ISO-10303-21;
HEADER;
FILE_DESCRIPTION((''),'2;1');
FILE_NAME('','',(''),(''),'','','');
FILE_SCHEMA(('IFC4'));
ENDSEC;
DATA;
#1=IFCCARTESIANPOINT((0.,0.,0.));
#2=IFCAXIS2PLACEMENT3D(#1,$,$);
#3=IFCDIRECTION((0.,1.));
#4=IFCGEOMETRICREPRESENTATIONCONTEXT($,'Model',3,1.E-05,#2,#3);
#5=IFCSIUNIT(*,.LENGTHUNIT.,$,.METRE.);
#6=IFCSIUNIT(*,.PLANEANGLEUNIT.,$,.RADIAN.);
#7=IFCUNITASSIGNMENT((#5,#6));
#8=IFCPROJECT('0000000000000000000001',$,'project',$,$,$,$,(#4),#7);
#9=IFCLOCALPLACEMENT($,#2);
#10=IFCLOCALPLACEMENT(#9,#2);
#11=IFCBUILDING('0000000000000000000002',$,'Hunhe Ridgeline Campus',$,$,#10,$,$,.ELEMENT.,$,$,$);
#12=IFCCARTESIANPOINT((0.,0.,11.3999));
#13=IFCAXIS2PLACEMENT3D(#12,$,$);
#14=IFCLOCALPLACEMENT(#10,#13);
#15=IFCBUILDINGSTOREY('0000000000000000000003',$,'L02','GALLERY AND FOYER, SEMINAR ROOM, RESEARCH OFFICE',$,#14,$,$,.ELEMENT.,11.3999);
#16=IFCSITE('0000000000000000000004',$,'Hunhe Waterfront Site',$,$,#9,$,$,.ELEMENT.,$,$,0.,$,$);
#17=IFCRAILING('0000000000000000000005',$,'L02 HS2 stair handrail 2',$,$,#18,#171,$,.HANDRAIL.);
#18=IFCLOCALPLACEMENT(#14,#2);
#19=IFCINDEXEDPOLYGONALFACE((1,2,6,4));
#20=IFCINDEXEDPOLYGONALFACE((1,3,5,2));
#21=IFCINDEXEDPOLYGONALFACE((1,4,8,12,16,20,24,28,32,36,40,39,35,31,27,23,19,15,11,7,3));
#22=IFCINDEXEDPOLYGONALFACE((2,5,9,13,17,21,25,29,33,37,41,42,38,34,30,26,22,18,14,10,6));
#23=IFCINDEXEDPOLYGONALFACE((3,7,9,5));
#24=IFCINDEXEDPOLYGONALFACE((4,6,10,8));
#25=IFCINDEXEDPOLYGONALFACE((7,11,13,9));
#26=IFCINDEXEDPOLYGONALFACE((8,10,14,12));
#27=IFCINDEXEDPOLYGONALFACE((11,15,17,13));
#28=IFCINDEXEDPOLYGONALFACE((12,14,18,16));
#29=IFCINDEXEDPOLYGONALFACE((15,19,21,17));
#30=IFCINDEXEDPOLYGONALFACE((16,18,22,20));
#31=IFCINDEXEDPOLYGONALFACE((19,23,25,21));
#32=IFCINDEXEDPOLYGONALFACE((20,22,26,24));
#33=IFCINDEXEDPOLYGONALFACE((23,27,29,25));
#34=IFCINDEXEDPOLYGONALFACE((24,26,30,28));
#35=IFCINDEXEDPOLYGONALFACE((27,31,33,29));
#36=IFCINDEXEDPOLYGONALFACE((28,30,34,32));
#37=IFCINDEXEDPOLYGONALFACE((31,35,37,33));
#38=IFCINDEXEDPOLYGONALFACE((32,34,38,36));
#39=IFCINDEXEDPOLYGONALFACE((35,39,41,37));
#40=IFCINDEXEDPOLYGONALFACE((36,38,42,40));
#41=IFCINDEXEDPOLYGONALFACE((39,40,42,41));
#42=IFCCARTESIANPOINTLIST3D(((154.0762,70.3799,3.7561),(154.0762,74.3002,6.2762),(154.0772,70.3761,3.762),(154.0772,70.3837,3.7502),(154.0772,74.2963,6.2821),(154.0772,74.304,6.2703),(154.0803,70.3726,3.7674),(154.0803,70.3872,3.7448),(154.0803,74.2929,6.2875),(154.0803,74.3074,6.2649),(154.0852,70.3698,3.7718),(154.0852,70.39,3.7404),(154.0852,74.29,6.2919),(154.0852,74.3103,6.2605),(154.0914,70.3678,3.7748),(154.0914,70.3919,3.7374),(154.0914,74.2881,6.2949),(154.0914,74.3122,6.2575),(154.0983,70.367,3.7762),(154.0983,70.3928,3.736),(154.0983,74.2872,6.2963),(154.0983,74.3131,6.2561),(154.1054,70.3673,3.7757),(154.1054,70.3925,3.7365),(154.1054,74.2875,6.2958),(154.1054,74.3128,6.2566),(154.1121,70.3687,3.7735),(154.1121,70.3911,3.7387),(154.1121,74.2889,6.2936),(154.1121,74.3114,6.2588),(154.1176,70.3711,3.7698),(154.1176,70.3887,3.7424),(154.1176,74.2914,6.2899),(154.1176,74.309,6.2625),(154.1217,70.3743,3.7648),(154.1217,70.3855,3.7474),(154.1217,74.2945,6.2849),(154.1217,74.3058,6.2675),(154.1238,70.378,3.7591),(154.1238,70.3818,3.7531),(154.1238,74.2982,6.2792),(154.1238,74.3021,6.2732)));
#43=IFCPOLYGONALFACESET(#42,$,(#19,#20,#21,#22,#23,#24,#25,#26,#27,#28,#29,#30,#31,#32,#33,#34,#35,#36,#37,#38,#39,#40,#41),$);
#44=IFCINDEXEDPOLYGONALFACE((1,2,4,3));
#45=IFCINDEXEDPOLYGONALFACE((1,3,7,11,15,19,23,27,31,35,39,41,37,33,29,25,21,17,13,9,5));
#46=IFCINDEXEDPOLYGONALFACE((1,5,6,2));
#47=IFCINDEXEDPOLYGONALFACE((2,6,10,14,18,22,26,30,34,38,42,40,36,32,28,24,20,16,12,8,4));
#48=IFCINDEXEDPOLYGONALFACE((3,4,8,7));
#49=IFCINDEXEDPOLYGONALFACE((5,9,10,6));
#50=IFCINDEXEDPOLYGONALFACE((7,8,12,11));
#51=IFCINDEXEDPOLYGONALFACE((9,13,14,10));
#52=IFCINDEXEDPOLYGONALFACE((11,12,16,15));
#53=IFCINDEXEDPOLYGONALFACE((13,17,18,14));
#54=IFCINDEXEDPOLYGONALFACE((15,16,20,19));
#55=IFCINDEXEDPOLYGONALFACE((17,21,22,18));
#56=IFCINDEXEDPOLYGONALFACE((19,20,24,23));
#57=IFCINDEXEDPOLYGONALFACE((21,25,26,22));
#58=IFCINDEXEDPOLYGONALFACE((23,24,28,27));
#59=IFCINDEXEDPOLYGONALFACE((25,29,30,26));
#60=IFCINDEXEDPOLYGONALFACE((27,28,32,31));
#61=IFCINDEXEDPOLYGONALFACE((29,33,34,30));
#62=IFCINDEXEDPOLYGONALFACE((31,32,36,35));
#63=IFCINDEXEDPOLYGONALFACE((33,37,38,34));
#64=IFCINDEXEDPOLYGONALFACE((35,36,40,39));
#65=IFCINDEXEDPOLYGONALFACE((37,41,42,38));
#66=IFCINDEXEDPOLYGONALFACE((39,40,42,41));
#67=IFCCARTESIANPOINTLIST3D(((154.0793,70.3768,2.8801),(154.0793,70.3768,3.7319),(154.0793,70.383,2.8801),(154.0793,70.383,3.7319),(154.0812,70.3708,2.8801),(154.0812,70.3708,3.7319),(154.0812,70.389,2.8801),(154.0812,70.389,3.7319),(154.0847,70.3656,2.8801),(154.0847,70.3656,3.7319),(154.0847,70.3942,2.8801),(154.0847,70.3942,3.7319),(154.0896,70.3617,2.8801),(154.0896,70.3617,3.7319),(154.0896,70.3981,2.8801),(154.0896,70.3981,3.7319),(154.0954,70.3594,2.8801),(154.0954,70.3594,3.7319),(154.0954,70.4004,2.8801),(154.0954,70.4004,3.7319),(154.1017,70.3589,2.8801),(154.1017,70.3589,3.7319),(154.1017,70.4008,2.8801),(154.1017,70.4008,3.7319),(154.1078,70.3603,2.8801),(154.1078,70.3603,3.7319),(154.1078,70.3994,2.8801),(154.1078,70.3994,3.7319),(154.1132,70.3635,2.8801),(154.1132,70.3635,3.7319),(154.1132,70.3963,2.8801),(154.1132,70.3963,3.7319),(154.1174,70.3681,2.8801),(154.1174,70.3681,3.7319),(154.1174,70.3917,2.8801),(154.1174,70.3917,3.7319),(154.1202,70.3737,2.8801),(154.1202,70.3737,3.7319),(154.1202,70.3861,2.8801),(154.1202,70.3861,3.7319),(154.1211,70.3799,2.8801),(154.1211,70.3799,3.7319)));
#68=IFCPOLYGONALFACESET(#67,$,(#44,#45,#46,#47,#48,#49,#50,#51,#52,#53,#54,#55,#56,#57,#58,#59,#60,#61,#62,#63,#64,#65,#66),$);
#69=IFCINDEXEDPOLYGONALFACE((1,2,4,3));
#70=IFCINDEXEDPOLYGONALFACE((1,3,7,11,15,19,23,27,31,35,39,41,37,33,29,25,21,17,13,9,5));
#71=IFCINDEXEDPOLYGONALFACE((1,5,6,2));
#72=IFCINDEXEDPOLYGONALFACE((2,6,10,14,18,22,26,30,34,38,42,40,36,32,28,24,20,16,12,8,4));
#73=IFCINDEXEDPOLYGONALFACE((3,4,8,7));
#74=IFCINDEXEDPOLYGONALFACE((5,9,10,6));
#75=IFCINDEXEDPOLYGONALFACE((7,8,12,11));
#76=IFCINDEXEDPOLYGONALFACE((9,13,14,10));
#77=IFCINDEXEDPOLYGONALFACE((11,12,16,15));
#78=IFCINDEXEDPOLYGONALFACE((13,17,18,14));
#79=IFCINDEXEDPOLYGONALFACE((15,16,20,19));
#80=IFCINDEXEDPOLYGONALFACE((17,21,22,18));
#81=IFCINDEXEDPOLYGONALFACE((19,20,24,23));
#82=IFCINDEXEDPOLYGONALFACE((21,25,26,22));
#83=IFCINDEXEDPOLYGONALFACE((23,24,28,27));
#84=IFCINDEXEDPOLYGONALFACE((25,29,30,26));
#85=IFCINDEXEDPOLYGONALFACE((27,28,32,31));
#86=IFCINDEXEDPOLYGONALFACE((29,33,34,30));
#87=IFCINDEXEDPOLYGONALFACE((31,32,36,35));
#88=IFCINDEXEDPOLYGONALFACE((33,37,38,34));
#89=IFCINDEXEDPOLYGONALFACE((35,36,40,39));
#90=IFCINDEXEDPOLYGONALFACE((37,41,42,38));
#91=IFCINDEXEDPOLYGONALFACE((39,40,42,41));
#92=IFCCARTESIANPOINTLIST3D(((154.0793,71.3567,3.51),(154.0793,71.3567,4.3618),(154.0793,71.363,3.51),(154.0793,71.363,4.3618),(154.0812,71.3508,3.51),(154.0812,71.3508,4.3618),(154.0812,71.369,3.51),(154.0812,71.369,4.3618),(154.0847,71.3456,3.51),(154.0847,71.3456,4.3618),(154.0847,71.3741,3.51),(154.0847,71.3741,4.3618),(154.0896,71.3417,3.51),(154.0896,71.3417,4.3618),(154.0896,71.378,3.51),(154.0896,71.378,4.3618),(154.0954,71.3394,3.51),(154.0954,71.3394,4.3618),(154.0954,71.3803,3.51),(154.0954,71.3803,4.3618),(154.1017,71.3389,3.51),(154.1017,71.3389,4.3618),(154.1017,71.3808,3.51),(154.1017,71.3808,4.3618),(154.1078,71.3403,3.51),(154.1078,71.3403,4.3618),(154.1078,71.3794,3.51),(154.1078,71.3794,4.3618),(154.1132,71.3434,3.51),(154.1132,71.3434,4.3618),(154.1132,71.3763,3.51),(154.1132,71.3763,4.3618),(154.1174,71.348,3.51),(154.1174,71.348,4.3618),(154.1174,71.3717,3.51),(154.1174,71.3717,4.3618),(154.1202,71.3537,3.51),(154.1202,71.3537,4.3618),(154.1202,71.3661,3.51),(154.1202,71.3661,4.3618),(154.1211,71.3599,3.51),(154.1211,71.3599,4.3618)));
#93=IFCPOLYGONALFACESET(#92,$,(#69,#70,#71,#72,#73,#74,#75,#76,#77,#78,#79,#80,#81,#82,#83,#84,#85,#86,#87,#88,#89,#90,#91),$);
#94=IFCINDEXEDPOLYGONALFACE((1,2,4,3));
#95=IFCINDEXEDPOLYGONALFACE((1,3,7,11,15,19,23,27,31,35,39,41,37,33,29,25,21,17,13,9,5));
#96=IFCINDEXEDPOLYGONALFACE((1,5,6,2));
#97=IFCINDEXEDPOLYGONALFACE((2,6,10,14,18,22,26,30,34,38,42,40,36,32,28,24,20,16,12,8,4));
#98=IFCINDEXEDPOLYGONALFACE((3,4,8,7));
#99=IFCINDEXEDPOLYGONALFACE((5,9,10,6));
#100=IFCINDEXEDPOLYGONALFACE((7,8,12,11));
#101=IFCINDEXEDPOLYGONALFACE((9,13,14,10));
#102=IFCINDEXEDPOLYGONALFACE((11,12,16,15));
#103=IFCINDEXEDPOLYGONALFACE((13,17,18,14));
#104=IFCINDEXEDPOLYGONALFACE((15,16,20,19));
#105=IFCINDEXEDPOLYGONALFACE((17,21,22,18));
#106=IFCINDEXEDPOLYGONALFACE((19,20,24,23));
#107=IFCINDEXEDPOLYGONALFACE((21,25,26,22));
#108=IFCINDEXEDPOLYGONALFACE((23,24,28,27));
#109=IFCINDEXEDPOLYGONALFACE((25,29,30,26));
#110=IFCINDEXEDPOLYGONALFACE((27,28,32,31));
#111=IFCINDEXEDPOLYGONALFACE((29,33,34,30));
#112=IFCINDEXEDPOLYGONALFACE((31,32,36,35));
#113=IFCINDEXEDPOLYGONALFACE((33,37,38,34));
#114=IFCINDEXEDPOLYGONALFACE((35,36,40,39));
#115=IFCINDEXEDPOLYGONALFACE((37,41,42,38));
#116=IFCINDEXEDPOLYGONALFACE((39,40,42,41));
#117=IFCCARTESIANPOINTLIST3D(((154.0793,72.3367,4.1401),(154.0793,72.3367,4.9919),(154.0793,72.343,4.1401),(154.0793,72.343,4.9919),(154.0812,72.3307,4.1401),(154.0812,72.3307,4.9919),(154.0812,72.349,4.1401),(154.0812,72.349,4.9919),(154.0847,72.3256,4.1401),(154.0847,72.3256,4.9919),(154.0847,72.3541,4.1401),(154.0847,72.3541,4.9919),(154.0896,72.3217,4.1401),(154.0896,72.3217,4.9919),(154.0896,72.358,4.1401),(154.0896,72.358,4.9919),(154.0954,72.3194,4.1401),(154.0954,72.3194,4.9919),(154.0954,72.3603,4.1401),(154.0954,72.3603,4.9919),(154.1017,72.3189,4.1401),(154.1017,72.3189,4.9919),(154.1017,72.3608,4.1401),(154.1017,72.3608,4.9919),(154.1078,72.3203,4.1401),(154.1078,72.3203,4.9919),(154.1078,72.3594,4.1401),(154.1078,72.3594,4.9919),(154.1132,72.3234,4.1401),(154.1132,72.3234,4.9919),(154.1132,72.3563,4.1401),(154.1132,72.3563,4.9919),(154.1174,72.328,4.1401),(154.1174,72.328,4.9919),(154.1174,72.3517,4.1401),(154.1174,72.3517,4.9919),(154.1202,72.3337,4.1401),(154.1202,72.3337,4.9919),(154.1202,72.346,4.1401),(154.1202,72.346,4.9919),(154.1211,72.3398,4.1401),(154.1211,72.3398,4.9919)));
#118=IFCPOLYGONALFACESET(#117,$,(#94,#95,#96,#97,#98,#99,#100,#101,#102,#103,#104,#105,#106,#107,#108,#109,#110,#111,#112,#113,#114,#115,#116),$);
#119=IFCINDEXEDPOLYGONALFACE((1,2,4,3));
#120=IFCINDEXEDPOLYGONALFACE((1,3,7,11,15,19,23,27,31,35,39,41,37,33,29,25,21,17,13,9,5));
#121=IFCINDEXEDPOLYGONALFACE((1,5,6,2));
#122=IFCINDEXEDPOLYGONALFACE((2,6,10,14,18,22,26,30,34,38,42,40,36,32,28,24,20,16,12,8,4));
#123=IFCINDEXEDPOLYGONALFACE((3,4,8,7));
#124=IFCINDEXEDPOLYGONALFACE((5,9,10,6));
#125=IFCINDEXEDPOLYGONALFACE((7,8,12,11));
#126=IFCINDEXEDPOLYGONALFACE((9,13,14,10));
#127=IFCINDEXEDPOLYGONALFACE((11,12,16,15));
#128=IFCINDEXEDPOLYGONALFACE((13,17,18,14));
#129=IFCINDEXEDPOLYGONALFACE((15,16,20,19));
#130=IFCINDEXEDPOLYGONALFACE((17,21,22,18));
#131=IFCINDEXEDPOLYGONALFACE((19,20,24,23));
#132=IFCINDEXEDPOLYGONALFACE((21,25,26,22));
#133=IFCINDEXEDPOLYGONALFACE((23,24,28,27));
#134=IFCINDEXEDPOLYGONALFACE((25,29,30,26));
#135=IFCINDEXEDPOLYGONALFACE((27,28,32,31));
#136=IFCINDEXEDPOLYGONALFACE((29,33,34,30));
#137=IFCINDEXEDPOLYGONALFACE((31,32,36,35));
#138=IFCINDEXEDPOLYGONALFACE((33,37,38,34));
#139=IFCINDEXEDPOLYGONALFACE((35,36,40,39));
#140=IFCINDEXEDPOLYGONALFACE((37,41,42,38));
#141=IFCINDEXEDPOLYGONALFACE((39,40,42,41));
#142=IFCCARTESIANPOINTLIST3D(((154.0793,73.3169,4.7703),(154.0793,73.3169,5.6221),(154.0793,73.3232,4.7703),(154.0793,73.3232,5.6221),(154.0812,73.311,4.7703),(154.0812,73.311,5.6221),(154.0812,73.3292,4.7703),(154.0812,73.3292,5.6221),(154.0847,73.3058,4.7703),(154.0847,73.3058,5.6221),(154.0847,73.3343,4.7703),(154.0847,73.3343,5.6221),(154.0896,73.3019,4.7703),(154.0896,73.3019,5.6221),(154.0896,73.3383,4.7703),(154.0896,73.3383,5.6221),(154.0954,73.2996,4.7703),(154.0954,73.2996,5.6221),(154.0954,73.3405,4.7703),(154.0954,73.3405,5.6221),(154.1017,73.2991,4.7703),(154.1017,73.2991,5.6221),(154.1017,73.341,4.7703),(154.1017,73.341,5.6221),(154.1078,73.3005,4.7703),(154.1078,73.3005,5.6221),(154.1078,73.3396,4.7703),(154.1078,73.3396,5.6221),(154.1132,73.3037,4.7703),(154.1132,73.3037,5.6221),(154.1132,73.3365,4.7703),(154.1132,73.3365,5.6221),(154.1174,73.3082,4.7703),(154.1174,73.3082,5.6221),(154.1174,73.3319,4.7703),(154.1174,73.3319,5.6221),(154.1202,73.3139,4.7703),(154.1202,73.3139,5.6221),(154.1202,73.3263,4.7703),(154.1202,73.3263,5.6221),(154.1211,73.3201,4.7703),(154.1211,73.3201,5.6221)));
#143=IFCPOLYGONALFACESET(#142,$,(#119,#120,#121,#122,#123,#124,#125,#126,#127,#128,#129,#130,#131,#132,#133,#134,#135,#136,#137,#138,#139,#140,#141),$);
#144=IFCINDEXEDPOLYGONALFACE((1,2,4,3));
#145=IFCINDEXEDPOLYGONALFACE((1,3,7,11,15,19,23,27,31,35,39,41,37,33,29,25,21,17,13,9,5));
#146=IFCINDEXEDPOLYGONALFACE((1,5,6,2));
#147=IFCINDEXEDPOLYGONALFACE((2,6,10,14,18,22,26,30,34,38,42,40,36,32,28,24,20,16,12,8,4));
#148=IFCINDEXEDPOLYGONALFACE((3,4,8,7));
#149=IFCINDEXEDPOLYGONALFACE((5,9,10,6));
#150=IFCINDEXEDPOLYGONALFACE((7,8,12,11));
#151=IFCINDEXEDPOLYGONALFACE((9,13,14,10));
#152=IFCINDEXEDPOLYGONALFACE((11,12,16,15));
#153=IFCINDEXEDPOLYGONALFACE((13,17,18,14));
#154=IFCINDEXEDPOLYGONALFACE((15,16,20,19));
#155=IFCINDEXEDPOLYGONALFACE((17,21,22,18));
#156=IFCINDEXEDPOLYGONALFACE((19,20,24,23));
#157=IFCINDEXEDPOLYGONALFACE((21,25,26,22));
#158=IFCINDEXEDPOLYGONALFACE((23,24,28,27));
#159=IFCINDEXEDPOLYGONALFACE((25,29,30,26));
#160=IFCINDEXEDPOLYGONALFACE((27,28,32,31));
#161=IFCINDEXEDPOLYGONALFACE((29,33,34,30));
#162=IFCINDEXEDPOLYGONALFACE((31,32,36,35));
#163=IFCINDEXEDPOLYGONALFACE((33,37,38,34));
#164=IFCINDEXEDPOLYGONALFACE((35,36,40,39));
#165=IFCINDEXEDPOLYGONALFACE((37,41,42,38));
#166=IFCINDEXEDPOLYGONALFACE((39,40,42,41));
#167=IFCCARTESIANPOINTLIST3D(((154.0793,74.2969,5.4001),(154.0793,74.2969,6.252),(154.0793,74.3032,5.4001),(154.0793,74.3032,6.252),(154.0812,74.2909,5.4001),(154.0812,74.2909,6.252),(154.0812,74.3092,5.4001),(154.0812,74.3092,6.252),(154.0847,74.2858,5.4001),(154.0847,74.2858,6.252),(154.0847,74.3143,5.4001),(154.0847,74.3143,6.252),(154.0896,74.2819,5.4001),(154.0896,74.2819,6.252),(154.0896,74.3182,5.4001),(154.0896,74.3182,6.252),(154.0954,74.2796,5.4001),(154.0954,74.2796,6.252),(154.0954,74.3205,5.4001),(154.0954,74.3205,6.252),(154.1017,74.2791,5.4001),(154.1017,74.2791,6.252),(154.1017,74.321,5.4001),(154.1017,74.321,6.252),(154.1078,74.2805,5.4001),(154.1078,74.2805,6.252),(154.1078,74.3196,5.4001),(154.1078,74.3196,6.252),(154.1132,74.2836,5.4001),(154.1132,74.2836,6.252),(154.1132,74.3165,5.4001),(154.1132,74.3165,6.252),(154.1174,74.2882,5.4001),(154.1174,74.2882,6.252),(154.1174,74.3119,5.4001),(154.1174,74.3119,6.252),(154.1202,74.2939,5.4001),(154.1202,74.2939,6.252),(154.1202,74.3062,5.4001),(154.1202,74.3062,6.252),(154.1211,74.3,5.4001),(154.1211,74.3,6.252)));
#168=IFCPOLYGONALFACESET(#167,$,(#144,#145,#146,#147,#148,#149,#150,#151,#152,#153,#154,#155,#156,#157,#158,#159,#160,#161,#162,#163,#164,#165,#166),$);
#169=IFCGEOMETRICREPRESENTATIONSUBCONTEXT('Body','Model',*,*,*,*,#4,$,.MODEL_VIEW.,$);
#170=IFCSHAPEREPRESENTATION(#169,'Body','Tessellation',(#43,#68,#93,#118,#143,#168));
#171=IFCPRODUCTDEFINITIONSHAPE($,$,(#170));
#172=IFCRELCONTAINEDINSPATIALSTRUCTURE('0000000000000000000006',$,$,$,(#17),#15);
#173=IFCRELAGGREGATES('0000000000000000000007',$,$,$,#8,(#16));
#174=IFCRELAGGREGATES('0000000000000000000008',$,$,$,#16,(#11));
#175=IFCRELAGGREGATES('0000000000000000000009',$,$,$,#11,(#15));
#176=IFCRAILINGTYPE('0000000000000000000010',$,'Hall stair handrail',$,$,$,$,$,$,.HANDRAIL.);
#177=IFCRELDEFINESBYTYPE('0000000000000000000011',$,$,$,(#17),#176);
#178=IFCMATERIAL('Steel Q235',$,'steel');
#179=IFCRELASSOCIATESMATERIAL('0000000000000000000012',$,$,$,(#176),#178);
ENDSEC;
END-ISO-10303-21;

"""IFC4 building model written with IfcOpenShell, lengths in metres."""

from ifc_helpers import new_model, si_unit, direction, frame, origin, origin_2d, place, context, subcontext, project, spatial, circle, extrude, material, type_object, element, save


model = new_model("IFC4")

# Units and contexts
model_context = context("Model", 3, precision=1e-05, world=origin(), true_north=direction((0.0, 1.0)))
body_context = subcontext(model_context, "Body", "Model", "MODEL_VIEW")
ifc_project = project(units=[si_unit("LENGTHUNIT", "METRE"), si_unit("PLANEANGLEUNIT", "RADIAN")], contexts=[model_context])

# Site, building, storey
site_placement = place(None, origin())
site = spatial("IfcSite", under=ifc_project, at=site_placement, Name="Hunhe Waterfront Site", CompositionType="ELEMENT", RefElevation=0.0)
building_placement = place(site_placement, origin())
building = spatial("IfcBuilding", under=site, at=building_placement, Name="Hunhe Ridgeline Campus", CompositionType="ELEMENT")
storey_placement = place(building_placement, frame((0.0, 0.0, 11.3999)))
storey = spatial("IfcBuildingStorey", under=building, at=storey_placement, Name="L02", Description="GALLERY AND FOYER, SEMINAR ROOM, RESEARCH OFFICE", CompositionType="ELEMENT", Elevation=11.3999)

# Shared definitions
ifc_material_1 = material(Name="Steel Q235", Category="steel")

# Railing
railing_type_1 = type_object("IfcRailingType", Name="Hall stair handrail", PredefinedType="HANDRAIL", material=ifc_material_1)
railing_1_placement = place(storey_placement, frame((154.1001, 70.3799, 2.8801)))
element("IfcRailing", 1, at=railing_1_placement, inside=storey, type_object=railing_type_1, Name="L02 HS2 stair handrail 2", PredefinedType="HANDRAIL", context=body_context, shape_type="SweptSolid", body=[
    extrude(circle(Radius=0.0239, at=origin_2d()), frame((0.0, 0.0, 0.876), z_axis=(0.0, 0.841187, 0.540744), x_axis=(-1.0, 0.0, 0.0)), (0.0, 0.0, 1.0), 4.6604),
    extrude(circle(Radius=0.021, at=origin_2d()), origin(), (0.0, 0.0, 1.0), 0.8518),
    extrude(circle(Radius=0.021, at=origin_2d()), frame((0.0, 0.98, 0.6299)), (0.0, 0.0, 1.0), 0.8518),
    extrude(circle(Radius=0.021, at=origin_2d()), frame((0.0, 1.96, 1.26)), (0.0, 0.0, 1.0), 0.8518),
    extrude(circle(Radius=0.021, at=origin_2d()), frame((0.0, 2.9402, 1.8901)), (0.0, 0.0, 1.0), 0.8518),
    extrude(circle(Radius=0.021, at=origin_2d()), frame((0.0, 3.9202, 2.52)), (0.0, 0.0, 1.0), 0.8518),
])

save(model, "model.ifc")
